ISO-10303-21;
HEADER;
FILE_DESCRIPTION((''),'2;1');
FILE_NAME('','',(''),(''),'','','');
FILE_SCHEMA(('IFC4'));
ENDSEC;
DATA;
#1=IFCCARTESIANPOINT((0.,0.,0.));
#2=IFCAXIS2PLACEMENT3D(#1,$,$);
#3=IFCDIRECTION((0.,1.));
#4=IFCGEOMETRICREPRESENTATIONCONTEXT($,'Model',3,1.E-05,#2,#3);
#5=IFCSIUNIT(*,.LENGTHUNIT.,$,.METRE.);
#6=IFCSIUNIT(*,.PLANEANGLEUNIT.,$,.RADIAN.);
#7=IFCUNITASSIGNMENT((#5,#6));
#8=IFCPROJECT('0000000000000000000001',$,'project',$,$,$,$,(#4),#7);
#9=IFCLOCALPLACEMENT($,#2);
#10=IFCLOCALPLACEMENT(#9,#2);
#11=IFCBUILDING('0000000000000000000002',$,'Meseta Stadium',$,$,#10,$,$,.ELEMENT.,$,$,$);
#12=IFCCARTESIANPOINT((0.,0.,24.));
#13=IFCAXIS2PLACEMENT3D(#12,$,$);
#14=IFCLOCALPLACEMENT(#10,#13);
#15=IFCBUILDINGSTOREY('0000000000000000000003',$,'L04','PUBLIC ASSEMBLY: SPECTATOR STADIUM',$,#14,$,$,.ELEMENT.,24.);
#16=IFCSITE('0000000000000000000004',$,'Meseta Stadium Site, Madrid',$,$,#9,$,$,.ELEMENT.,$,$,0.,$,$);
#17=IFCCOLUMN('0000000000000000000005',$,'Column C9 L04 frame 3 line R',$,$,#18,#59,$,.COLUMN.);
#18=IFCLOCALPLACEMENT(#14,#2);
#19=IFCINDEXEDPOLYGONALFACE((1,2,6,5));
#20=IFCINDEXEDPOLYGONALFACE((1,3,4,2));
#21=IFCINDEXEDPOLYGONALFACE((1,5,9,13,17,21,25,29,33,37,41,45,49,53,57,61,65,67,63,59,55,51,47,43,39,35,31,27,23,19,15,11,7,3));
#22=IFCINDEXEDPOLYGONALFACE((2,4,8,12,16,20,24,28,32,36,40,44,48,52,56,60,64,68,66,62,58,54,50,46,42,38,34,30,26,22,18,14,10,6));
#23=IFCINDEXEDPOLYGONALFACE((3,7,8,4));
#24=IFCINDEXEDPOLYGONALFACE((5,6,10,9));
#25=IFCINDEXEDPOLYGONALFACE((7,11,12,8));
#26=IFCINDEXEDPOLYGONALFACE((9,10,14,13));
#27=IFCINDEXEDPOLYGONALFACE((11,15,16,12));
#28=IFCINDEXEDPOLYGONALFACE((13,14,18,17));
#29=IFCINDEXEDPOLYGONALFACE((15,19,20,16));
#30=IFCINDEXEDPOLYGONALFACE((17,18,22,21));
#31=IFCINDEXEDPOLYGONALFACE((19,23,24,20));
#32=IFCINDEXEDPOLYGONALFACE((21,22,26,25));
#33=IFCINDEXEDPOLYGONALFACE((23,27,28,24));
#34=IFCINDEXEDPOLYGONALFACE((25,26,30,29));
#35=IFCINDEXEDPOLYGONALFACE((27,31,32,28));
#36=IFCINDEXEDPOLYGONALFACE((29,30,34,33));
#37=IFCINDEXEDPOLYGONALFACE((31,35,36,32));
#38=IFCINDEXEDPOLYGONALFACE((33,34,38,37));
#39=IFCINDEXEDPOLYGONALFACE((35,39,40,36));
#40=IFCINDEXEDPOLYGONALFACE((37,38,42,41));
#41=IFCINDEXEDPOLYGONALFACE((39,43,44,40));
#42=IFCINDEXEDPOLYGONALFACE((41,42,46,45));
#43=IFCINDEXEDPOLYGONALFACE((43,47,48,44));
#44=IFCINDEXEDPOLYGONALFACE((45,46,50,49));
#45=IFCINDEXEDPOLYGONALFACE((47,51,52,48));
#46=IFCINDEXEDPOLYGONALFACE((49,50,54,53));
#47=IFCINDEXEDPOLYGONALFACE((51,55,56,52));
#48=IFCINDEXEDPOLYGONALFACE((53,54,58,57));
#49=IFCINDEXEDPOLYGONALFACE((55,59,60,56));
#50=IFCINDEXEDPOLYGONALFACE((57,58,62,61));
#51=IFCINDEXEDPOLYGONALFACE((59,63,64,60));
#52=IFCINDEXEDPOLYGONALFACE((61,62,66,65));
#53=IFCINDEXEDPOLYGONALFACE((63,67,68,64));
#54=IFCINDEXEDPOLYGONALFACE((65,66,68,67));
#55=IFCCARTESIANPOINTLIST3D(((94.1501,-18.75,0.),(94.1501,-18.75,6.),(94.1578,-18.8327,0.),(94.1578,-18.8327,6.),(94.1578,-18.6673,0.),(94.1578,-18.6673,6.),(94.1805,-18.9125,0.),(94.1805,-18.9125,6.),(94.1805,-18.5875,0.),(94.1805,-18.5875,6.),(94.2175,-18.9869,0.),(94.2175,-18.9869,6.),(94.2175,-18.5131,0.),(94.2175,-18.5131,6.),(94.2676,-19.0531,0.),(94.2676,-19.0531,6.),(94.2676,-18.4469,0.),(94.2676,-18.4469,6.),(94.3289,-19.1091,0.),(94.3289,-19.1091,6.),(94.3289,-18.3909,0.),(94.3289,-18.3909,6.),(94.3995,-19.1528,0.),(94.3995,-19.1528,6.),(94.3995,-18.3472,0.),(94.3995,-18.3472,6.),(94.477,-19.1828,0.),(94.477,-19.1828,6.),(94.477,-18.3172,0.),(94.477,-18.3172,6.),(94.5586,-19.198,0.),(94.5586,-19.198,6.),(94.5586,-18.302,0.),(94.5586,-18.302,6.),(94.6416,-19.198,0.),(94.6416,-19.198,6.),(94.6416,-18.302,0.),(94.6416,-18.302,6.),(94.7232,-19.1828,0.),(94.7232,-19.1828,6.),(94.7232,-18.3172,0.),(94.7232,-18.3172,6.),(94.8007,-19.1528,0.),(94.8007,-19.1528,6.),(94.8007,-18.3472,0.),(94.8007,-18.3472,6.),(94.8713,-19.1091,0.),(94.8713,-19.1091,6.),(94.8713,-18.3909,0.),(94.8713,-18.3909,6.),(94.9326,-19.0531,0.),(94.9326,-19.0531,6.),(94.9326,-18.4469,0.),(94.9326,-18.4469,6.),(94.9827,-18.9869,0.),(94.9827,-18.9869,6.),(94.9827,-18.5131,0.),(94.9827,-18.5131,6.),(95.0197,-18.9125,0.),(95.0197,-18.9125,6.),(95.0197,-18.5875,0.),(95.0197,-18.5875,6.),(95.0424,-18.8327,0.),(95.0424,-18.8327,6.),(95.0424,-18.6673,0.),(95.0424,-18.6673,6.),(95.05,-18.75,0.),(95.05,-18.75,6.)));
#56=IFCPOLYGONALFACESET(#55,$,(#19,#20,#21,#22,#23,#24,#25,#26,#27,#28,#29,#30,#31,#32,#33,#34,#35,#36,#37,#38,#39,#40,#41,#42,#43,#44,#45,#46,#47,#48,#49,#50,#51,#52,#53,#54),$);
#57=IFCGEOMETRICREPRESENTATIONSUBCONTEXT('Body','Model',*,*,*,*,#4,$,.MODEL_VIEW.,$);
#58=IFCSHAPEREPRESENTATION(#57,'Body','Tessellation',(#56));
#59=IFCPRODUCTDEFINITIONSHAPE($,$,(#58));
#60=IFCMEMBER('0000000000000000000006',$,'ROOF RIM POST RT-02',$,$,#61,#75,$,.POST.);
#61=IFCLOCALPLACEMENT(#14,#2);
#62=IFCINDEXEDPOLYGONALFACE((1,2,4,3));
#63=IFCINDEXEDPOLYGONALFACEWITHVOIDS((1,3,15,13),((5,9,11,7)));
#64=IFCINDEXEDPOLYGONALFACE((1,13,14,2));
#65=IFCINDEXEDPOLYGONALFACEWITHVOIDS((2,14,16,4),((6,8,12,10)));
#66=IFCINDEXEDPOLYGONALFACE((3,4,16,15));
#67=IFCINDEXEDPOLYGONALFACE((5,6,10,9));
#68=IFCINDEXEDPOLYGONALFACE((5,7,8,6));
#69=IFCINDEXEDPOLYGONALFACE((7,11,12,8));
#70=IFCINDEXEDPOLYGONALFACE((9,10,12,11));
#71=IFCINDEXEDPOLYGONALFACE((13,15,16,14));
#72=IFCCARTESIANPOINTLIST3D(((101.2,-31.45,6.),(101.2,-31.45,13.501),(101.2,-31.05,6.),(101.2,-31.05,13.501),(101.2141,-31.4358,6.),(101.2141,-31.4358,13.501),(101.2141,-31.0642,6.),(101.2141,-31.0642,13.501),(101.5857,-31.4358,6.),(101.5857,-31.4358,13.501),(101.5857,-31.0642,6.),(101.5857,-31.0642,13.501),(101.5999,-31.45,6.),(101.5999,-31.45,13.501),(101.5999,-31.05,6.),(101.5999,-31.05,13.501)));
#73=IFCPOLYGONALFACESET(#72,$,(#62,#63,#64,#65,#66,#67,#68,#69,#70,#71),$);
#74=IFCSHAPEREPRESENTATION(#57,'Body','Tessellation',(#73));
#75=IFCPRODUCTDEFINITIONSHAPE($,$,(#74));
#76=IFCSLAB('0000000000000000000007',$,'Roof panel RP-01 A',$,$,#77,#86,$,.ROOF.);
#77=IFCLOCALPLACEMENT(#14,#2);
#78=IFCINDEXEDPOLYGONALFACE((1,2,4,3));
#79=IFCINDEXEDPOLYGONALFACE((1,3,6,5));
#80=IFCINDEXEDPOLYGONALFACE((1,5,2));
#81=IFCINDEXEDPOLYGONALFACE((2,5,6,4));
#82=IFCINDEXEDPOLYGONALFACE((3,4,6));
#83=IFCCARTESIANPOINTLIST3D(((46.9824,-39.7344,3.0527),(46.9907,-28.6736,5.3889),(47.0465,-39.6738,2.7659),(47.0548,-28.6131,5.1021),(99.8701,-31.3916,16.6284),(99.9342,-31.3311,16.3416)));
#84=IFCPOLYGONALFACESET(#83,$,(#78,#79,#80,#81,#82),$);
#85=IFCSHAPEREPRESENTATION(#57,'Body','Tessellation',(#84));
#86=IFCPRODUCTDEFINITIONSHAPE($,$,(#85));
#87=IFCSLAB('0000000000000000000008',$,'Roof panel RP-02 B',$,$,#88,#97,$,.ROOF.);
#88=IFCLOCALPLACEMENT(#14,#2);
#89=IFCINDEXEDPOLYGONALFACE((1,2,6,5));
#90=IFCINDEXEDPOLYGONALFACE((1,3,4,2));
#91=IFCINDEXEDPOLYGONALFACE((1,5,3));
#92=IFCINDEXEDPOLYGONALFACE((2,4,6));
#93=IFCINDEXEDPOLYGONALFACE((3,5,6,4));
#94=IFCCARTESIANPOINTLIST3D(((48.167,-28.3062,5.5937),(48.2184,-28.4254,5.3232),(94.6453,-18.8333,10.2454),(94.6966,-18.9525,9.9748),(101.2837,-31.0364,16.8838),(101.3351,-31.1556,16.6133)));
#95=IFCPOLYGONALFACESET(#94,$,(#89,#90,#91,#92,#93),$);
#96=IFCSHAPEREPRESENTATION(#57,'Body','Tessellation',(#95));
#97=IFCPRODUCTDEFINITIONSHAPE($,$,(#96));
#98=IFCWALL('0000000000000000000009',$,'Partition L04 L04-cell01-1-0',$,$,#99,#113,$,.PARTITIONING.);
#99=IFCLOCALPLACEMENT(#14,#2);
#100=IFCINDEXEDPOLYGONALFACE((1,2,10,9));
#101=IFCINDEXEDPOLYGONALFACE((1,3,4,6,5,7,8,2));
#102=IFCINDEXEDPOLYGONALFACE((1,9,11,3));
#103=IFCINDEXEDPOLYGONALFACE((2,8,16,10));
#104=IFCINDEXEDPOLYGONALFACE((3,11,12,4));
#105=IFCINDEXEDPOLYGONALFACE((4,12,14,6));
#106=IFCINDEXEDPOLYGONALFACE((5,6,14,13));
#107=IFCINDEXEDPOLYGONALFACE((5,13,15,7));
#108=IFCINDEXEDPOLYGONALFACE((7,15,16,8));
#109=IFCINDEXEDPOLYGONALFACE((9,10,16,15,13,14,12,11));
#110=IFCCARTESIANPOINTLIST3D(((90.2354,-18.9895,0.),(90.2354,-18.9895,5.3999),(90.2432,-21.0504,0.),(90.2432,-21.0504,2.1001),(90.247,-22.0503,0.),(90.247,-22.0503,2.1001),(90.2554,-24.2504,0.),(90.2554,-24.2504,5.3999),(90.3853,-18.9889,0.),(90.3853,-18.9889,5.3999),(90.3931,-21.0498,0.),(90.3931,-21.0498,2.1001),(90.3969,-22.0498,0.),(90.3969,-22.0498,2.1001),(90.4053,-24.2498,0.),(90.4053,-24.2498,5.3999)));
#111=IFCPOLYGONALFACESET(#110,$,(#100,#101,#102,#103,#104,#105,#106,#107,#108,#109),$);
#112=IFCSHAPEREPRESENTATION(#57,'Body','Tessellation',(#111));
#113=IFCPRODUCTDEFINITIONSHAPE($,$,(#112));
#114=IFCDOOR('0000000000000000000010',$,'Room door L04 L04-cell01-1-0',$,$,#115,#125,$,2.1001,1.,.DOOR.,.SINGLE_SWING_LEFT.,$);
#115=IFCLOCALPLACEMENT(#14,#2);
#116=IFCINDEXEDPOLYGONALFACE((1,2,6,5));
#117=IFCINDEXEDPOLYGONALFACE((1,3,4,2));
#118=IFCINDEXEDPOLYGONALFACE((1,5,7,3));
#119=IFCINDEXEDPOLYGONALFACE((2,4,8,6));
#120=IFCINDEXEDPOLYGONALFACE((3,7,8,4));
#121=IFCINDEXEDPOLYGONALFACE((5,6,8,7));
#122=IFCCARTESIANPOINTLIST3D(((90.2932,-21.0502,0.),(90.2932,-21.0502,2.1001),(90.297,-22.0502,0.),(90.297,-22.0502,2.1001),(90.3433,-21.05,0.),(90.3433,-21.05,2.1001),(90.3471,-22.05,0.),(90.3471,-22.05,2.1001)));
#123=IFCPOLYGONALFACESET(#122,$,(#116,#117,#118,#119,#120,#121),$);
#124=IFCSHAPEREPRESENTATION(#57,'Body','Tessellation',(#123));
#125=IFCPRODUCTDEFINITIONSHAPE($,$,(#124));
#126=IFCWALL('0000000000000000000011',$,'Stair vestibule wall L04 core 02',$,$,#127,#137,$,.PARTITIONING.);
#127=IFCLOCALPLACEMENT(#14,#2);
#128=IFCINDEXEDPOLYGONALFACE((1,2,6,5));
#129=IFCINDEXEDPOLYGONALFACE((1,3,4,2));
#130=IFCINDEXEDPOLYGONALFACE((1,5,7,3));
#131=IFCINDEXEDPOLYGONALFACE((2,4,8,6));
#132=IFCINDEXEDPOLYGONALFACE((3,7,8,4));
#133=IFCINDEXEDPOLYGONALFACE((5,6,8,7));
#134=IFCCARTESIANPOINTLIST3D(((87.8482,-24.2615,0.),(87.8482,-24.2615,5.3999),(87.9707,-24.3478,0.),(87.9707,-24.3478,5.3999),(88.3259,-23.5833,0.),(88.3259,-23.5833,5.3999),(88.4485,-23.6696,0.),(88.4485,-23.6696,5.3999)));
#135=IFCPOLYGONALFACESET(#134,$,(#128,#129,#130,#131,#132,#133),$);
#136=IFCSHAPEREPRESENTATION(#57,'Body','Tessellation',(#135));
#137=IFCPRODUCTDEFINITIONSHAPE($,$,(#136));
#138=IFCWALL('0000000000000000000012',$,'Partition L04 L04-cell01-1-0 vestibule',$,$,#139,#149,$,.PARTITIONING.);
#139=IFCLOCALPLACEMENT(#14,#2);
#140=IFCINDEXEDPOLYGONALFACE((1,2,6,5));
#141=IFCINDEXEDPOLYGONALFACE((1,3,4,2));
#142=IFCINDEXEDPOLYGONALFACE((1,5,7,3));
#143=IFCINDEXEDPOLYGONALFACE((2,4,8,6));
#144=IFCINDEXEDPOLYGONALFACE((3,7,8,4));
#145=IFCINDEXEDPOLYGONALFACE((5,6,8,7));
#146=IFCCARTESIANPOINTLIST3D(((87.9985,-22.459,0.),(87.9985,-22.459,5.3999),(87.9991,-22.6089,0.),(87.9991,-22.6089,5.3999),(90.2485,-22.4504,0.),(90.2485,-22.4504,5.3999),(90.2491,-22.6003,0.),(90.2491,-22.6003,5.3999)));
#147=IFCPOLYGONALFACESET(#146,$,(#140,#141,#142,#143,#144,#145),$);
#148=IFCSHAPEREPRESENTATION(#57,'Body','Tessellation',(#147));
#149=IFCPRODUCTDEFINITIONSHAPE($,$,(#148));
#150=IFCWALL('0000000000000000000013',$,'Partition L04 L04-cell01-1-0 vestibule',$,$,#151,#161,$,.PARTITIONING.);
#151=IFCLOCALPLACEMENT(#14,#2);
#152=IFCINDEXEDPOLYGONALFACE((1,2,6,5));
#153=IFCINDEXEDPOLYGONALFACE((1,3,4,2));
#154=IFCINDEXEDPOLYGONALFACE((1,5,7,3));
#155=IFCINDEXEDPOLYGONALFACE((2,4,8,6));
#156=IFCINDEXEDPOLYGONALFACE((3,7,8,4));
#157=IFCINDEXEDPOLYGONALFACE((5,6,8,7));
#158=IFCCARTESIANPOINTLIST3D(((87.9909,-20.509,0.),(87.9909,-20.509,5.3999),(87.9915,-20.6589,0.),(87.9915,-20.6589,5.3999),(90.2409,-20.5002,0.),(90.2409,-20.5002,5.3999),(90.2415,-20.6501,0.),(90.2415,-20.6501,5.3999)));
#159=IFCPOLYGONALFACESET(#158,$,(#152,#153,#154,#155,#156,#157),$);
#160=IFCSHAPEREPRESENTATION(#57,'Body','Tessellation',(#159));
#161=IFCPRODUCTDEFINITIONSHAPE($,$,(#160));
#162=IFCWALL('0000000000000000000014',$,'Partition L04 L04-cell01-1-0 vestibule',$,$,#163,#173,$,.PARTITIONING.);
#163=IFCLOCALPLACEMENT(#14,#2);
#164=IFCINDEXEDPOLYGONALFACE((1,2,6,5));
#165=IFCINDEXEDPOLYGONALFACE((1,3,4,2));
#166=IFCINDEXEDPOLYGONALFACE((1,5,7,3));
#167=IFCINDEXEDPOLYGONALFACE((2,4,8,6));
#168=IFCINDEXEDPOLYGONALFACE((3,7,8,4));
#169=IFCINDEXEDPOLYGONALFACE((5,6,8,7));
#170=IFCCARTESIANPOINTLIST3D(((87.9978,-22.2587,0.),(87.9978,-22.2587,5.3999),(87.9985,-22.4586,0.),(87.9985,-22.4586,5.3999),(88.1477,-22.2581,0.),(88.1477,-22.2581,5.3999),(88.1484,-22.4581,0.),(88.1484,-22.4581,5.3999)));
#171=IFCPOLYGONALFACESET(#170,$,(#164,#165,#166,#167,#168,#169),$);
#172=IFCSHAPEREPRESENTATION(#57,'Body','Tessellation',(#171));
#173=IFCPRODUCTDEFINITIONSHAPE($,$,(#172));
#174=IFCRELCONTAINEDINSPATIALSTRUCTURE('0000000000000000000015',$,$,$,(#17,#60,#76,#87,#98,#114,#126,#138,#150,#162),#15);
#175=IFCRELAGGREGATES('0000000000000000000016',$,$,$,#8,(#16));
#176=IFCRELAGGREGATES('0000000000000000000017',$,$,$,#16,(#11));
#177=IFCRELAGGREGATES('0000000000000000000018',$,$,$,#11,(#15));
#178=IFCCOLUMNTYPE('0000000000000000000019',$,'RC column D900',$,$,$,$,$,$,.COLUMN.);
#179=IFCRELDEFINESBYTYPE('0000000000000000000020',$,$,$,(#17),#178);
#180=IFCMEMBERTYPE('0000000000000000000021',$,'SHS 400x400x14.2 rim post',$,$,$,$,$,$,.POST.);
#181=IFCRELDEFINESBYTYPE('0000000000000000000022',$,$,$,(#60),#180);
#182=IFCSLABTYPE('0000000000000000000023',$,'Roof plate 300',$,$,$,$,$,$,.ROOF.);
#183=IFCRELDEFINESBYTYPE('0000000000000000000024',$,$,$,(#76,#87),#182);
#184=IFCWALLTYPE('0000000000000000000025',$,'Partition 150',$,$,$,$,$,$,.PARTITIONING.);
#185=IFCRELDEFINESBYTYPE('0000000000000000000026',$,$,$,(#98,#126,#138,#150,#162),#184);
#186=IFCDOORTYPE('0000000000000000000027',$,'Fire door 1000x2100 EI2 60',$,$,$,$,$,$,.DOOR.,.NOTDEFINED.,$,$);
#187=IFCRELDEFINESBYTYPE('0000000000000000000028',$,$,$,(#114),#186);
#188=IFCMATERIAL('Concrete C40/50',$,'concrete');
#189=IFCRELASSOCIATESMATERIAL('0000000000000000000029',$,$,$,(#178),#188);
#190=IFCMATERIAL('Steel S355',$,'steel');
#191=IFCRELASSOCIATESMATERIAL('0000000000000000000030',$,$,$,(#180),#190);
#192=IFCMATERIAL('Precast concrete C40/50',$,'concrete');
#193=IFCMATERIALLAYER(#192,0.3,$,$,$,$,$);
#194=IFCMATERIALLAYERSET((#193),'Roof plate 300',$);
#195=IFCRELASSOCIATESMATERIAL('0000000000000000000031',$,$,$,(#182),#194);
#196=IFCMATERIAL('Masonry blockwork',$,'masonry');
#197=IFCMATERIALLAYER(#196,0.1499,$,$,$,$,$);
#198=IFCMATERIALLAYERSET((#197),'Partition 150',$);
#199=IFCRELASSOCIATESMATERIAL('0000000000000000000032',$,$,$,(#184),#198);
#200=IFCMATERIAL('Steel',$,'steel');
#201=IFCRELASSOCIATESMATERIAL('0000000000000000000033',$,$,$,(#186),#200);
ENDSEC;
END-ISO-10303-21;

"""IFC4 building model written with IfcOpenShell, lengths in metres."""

from ifc_helpers import new_model, si_unit, direction, frame, frame_2d, origin, origin_2d, place, context, subcontext, project, spatial, polyline, rectangle, hollow_rectangle, circle, outline, extrude, material, layer, layer_set, material_profile, profile_set, type_object, element, fill, save


model = new_model("IFC4")

# Units and contexts
model_context = context("Model", 3, precision=1e-05, world=origin(), true_north=direction((0.0, 1.0)))
body_context = subcontext(model_context, "Body", "Model", "MODEL_VIEW")
ifc_project = project(units=[si_unit("LENGTHUNIT", "METRE"), si_unit("PLANEANGLEUNIT", "RADIAN")], contexts=[model_context])

# Site, building, storey
site_placement = place(None, origin())
site = spatial("IfcSite", under=ifc_project, at=site_placement, Name="Meseta Stadium Site, Madrid", CompositionType="ELEMENT", RefElevation=0.0)
building_placement = place(site_placement, origin())
building = spatial("IfcBuilding", under=site, at=building_placement, Name="Meseta Stadium", CompositionType="ELEMENT")
storey_placement = place(building_placement, frame((0.0, 0.0, 24.0)))
storey = spatial("IfcBuildingStorey", under=building, at=storey_placement, Name="L04", Description="PUBLIC ASSEMBLY: SPECTATOR STADIUM", CompositionType="ELEMENT", Elevation=24.0)

# Column
ifc_material_1 = material(Name="Concrete C40/50", Category="concrete")
ifc_material_profile_1 = material_profile(ifc_material_1, circle(Radius=0.45, at=origin_2d()), Name="RC D900")
ifc_profile_set_1 = profile_set([ifc_material_profile_1], Name="Concrete C40/50")
column_type = type_object("IfcColumnType", Name="RC column D900", PredefinedType="COLUMN", material=ifc_profile_set_1)
column_placement = place(storey_placement, frame((94.6001, -18.75, 0.0), z_axis=(0.0, 0.0, 1.0), x_axis=(1.0, 0.0, 0.0)))
element("IfcColumn", 1, at=column_placement, inside=storey, type_object=column_type, Name="Column C9 L04 frame 3 line R", PredefinedType="COLUMN", context=body_context, shape_type="SweptSolid", body=[
    extrude(circle(Radius=0.45, at=origin_2d()), origin(), (0.0, 0.0, 1.0), 6.0),
])

# Member
ifc_material_2 = material(Name="Steel S355", Category="steel")
ifc_material_profile_2 = material_profile(ifc_material_2, hollow_rectangle(XDim=0.3999, YDim=0.3999, WallThickness=0.0142, at=origin_2d()), Name="SHS 400x400x14.2")
ifc_profile_set_2 = profile_set([ifc_material_profile_2], Name="Steel S355")
member_type = type_object("IfcMemberType", Name="SHS 400x400x14.2 rim post", PredefinedType="POST", material=ifc_profile_set_2)
member_placement = place(storey_placement, frame((101.3999, -31.25, 6.0), z_axis=(0.0, 0.0, 1.0), x_axis=(1.0, 0.0, 0.0)))
element("IfcMember", 2, at=member_placement, inside=storey, type_object=member_type, Name="ROOF RIM POST RT-02", PredefinedType="POST", context=body_context, shape_type="SweptSolid", body=[
    extrude(hollow_rectangle(XDim=0.3999, YDim=0.3999, WallThickness=0.0142, at=origin_2d()), origin(), (0.0, 0.0, 1.0), 7.501),
])

# Slabs
ifc_material_3 = material(Name="Precast concrete C40/50", Category="concrete")
ifc_layer_1 = layer(ifc_material_3, 0.3)
ifc_layer_set_1 = layer_set([ifc_layer_1], Name="Roof plate 300")
slab_type = type_object("IfcSlabType", Name="Roof plate 300", PredefinedType="ROOF", material=ifc_layer_set_1)
slab_1_placement = place(storey_placement, frame((99.8701, -31.3916, 16.6284), z_axis=(-0.213541, -0.201734, 0.955879), x_axis=(-0.957487, -0.151039, -0.245776)))
element("IfcSlab", 3, at=slab_1_placement, inside=storey, type_object=slab_type, Name="Roof panel RP-01 A", PredefinedType="ROOF", context=body_context, shape_type="SweptSolid", body=[
    extrude(outline(polyline([(0.0, 0.0), (55.2359, 0.0), (52.9832, -11.0781), (0.0, 0.0)])), origin(), (0.0, 0.0, -1.0), 0.3),
])
slab_2_placement = place(storey_placement, frame((101.2837, -31.0364, 16.8838), z_axis=(-0.171208, 0.397313, 0.901571), x_axis=(-0.976915, 0.050214, -0.207645)))
element("IfcSlab", 4, at=slab_2_placement, inside=storey, type_object=slab_type, Name="Roof panel RP-02 B", PredefinedType="ROOF", context=body_context, shape_type="SweptSolid", body=[
    extrude(outline(polyline([(0.0, 0.0), (54.3719, 0.0), (8.4764, -12.8532), (0.0, 0.0)])), origin(), (0.0, 0.0, -1.0), 0.3),
])

# Wall, opening, door
ifc_material_4 = material(Name="Masonry blockwork", Category="masonry")
ifc_layer_2 = layer(ifc_material_4, 0.1499)
ifc_layer_set_2 = layer_set([ifc_layer_2], Name="Partition 150")
wall_type_1 = type_object("IfcWallType", Name="Partition 150", PredefinedType="PARTITIONING", material=ifc_layer_set_2)
wall_1_placement = place(storey_placement, frame((90.3303, -24.25, 0.0), z_axis=(0.0, 0.0, 1.0), x_axis=(-0.003805, 0.999993, 0.0)))
wall_1 = element("IfcWall", 5, at=wall_1_placement, inside=storey, type_object=wall_type_1, Name="Partition L04 L04-cell01-1-0", PredefinedType="PARTITIONING", context=body_context, shape_type="SweptSolid", body=[
    extrude(rectangle(XDim=5.261, YDim=0.1499, at=frame_2d((2.6304, 0.0))), origin(), (0.0, 0.0, 1.0), 5.3999),
])
opening_1_placement = place(wall_1_placement, frame((2.2, 0.0, 0.0)))
opening_1 = element("IfcOpeningElement", 6, at=opening_1_placement, cuts=wall_1, PredefinedType="OPENING", context=body_context, shape_type="SweptSolid", body=[
    extrude(rectangle(XDim=1.0, YDim=2.1001, at=frame_2d((0.5, 1.05))), frame((0.0, 0.085, 0.0), z_axis=(0.0, -1.0, 0.0), x_axis=(1.0, 0.0, 0.0)), (0.0, 0.0, 1.0), 0.1699),
])
ifc_material_5 = material(Name="Steel", Category="steel")
door_type = type_object("IfcDoorType", Name="Fire door 1000x2100 EI2 60", OperationType="NOTDEFINED", PredefinedType="DOOR", material=ifc_material_5)
door_1_placement = place(opening_1_placement, origin())
door_1 = element("IfcDoor", 7, at=door_1_placement, inside=storey, type_object=door_type, Name="Room door L04 L04-cell01-1-0", OperationType="SINGLE_SWING_LEFT", OverallHeight=2.1001, OverallWidth=1.0, PredefinedType="DOOR", context=body_context, shape_type="SweptSolid", body=[
    extrude(rectangle(XDim=1.0, YDim=2.1001, at=frame_2d((0.5, 1.05))), frame((0.0, 0.0249, 0.0), z_axis=(0.0, -1.0, 0.0), x_axis=(1.0, 0.0, 0.0)), (0.0, 0.0, 1.0), 0.05),
])
fill(opening_1, door_1)

# Walls
wall_2_placement = place(storey_placement, frame((88.3872, -23.6265, 0.0), z_axis=(0.0, 0.0, 1.0), x_axis=(-0.575909, -0.817514, 0.0)))
element("IfcWall", 8, at=wall_2_placement, inside=storey, type_object=wall_type_1, Name="Stair vestibule wall L04 core 02", PredefinedType="PARTITIONING", context=body_context, shape_type="SweptSolid", body=[
    extrude(rectangle(XDim=0.8296, YDim=0.1499, at=frame_2d((0.4148, 0.0))), origin(), (0.0, 0.0, 1.0), 5.3999),
])
for number, where, z_axis, x_axis, name in (
    (9, (90.2488, -22.5254, 0.0), (0.0, 0.0, 1.0), (-0.999993, -0.003798, 0.0), "Partition L04 L04-cell01-1-0 vestibule"),
    (10, (90.2412, -20.5752, 0.0), (0.0, 0.0, 1.0), (-0.999992, -0.003906, 0.0), "Partition L04 L04-cell01-1-0 vestibule"),
):
    element("IfcWall", number, at=place(storey_placement, frame(where, z_axis=z_axis, x_axis=x_axis)), inside=storey, type_object=wall_type_1, Name=name, PredefinedType="PARTITIONING", context=body_context, shape_type="SweptSolid", body=[
        extrude(rectangle(XDim=2.25, YDim=0.1499, at=frame_2d((1.125, 0.0))), origin(), (0.0, 0.0, 1.0), 5.3999),
    ])
wall_3_placement = place(storey_placement, frame((88.0735, -22.4585, 0.0), z_axis=(0.0, 0.0, 1.0), x_axis=(-0.003663, 0.999993, 0.0)))
element("IfcWall", 11, at=wall_3_placement, inside=storey, type_object=wall_type_1, Name="Partition L04 L04-cell01-1-0 vestibule", PredefinedType="PARTITIONING", context=body_context, shape_type="SweptSolid", body=[
    extrude(rectangle(XDim=0.2, YDim=0.1499, at=frame_2d((0.1001, 0.0))), origin(), (0.0, 0.0, 1.0), 5.3999),
])

save(model, "model.ifc")
